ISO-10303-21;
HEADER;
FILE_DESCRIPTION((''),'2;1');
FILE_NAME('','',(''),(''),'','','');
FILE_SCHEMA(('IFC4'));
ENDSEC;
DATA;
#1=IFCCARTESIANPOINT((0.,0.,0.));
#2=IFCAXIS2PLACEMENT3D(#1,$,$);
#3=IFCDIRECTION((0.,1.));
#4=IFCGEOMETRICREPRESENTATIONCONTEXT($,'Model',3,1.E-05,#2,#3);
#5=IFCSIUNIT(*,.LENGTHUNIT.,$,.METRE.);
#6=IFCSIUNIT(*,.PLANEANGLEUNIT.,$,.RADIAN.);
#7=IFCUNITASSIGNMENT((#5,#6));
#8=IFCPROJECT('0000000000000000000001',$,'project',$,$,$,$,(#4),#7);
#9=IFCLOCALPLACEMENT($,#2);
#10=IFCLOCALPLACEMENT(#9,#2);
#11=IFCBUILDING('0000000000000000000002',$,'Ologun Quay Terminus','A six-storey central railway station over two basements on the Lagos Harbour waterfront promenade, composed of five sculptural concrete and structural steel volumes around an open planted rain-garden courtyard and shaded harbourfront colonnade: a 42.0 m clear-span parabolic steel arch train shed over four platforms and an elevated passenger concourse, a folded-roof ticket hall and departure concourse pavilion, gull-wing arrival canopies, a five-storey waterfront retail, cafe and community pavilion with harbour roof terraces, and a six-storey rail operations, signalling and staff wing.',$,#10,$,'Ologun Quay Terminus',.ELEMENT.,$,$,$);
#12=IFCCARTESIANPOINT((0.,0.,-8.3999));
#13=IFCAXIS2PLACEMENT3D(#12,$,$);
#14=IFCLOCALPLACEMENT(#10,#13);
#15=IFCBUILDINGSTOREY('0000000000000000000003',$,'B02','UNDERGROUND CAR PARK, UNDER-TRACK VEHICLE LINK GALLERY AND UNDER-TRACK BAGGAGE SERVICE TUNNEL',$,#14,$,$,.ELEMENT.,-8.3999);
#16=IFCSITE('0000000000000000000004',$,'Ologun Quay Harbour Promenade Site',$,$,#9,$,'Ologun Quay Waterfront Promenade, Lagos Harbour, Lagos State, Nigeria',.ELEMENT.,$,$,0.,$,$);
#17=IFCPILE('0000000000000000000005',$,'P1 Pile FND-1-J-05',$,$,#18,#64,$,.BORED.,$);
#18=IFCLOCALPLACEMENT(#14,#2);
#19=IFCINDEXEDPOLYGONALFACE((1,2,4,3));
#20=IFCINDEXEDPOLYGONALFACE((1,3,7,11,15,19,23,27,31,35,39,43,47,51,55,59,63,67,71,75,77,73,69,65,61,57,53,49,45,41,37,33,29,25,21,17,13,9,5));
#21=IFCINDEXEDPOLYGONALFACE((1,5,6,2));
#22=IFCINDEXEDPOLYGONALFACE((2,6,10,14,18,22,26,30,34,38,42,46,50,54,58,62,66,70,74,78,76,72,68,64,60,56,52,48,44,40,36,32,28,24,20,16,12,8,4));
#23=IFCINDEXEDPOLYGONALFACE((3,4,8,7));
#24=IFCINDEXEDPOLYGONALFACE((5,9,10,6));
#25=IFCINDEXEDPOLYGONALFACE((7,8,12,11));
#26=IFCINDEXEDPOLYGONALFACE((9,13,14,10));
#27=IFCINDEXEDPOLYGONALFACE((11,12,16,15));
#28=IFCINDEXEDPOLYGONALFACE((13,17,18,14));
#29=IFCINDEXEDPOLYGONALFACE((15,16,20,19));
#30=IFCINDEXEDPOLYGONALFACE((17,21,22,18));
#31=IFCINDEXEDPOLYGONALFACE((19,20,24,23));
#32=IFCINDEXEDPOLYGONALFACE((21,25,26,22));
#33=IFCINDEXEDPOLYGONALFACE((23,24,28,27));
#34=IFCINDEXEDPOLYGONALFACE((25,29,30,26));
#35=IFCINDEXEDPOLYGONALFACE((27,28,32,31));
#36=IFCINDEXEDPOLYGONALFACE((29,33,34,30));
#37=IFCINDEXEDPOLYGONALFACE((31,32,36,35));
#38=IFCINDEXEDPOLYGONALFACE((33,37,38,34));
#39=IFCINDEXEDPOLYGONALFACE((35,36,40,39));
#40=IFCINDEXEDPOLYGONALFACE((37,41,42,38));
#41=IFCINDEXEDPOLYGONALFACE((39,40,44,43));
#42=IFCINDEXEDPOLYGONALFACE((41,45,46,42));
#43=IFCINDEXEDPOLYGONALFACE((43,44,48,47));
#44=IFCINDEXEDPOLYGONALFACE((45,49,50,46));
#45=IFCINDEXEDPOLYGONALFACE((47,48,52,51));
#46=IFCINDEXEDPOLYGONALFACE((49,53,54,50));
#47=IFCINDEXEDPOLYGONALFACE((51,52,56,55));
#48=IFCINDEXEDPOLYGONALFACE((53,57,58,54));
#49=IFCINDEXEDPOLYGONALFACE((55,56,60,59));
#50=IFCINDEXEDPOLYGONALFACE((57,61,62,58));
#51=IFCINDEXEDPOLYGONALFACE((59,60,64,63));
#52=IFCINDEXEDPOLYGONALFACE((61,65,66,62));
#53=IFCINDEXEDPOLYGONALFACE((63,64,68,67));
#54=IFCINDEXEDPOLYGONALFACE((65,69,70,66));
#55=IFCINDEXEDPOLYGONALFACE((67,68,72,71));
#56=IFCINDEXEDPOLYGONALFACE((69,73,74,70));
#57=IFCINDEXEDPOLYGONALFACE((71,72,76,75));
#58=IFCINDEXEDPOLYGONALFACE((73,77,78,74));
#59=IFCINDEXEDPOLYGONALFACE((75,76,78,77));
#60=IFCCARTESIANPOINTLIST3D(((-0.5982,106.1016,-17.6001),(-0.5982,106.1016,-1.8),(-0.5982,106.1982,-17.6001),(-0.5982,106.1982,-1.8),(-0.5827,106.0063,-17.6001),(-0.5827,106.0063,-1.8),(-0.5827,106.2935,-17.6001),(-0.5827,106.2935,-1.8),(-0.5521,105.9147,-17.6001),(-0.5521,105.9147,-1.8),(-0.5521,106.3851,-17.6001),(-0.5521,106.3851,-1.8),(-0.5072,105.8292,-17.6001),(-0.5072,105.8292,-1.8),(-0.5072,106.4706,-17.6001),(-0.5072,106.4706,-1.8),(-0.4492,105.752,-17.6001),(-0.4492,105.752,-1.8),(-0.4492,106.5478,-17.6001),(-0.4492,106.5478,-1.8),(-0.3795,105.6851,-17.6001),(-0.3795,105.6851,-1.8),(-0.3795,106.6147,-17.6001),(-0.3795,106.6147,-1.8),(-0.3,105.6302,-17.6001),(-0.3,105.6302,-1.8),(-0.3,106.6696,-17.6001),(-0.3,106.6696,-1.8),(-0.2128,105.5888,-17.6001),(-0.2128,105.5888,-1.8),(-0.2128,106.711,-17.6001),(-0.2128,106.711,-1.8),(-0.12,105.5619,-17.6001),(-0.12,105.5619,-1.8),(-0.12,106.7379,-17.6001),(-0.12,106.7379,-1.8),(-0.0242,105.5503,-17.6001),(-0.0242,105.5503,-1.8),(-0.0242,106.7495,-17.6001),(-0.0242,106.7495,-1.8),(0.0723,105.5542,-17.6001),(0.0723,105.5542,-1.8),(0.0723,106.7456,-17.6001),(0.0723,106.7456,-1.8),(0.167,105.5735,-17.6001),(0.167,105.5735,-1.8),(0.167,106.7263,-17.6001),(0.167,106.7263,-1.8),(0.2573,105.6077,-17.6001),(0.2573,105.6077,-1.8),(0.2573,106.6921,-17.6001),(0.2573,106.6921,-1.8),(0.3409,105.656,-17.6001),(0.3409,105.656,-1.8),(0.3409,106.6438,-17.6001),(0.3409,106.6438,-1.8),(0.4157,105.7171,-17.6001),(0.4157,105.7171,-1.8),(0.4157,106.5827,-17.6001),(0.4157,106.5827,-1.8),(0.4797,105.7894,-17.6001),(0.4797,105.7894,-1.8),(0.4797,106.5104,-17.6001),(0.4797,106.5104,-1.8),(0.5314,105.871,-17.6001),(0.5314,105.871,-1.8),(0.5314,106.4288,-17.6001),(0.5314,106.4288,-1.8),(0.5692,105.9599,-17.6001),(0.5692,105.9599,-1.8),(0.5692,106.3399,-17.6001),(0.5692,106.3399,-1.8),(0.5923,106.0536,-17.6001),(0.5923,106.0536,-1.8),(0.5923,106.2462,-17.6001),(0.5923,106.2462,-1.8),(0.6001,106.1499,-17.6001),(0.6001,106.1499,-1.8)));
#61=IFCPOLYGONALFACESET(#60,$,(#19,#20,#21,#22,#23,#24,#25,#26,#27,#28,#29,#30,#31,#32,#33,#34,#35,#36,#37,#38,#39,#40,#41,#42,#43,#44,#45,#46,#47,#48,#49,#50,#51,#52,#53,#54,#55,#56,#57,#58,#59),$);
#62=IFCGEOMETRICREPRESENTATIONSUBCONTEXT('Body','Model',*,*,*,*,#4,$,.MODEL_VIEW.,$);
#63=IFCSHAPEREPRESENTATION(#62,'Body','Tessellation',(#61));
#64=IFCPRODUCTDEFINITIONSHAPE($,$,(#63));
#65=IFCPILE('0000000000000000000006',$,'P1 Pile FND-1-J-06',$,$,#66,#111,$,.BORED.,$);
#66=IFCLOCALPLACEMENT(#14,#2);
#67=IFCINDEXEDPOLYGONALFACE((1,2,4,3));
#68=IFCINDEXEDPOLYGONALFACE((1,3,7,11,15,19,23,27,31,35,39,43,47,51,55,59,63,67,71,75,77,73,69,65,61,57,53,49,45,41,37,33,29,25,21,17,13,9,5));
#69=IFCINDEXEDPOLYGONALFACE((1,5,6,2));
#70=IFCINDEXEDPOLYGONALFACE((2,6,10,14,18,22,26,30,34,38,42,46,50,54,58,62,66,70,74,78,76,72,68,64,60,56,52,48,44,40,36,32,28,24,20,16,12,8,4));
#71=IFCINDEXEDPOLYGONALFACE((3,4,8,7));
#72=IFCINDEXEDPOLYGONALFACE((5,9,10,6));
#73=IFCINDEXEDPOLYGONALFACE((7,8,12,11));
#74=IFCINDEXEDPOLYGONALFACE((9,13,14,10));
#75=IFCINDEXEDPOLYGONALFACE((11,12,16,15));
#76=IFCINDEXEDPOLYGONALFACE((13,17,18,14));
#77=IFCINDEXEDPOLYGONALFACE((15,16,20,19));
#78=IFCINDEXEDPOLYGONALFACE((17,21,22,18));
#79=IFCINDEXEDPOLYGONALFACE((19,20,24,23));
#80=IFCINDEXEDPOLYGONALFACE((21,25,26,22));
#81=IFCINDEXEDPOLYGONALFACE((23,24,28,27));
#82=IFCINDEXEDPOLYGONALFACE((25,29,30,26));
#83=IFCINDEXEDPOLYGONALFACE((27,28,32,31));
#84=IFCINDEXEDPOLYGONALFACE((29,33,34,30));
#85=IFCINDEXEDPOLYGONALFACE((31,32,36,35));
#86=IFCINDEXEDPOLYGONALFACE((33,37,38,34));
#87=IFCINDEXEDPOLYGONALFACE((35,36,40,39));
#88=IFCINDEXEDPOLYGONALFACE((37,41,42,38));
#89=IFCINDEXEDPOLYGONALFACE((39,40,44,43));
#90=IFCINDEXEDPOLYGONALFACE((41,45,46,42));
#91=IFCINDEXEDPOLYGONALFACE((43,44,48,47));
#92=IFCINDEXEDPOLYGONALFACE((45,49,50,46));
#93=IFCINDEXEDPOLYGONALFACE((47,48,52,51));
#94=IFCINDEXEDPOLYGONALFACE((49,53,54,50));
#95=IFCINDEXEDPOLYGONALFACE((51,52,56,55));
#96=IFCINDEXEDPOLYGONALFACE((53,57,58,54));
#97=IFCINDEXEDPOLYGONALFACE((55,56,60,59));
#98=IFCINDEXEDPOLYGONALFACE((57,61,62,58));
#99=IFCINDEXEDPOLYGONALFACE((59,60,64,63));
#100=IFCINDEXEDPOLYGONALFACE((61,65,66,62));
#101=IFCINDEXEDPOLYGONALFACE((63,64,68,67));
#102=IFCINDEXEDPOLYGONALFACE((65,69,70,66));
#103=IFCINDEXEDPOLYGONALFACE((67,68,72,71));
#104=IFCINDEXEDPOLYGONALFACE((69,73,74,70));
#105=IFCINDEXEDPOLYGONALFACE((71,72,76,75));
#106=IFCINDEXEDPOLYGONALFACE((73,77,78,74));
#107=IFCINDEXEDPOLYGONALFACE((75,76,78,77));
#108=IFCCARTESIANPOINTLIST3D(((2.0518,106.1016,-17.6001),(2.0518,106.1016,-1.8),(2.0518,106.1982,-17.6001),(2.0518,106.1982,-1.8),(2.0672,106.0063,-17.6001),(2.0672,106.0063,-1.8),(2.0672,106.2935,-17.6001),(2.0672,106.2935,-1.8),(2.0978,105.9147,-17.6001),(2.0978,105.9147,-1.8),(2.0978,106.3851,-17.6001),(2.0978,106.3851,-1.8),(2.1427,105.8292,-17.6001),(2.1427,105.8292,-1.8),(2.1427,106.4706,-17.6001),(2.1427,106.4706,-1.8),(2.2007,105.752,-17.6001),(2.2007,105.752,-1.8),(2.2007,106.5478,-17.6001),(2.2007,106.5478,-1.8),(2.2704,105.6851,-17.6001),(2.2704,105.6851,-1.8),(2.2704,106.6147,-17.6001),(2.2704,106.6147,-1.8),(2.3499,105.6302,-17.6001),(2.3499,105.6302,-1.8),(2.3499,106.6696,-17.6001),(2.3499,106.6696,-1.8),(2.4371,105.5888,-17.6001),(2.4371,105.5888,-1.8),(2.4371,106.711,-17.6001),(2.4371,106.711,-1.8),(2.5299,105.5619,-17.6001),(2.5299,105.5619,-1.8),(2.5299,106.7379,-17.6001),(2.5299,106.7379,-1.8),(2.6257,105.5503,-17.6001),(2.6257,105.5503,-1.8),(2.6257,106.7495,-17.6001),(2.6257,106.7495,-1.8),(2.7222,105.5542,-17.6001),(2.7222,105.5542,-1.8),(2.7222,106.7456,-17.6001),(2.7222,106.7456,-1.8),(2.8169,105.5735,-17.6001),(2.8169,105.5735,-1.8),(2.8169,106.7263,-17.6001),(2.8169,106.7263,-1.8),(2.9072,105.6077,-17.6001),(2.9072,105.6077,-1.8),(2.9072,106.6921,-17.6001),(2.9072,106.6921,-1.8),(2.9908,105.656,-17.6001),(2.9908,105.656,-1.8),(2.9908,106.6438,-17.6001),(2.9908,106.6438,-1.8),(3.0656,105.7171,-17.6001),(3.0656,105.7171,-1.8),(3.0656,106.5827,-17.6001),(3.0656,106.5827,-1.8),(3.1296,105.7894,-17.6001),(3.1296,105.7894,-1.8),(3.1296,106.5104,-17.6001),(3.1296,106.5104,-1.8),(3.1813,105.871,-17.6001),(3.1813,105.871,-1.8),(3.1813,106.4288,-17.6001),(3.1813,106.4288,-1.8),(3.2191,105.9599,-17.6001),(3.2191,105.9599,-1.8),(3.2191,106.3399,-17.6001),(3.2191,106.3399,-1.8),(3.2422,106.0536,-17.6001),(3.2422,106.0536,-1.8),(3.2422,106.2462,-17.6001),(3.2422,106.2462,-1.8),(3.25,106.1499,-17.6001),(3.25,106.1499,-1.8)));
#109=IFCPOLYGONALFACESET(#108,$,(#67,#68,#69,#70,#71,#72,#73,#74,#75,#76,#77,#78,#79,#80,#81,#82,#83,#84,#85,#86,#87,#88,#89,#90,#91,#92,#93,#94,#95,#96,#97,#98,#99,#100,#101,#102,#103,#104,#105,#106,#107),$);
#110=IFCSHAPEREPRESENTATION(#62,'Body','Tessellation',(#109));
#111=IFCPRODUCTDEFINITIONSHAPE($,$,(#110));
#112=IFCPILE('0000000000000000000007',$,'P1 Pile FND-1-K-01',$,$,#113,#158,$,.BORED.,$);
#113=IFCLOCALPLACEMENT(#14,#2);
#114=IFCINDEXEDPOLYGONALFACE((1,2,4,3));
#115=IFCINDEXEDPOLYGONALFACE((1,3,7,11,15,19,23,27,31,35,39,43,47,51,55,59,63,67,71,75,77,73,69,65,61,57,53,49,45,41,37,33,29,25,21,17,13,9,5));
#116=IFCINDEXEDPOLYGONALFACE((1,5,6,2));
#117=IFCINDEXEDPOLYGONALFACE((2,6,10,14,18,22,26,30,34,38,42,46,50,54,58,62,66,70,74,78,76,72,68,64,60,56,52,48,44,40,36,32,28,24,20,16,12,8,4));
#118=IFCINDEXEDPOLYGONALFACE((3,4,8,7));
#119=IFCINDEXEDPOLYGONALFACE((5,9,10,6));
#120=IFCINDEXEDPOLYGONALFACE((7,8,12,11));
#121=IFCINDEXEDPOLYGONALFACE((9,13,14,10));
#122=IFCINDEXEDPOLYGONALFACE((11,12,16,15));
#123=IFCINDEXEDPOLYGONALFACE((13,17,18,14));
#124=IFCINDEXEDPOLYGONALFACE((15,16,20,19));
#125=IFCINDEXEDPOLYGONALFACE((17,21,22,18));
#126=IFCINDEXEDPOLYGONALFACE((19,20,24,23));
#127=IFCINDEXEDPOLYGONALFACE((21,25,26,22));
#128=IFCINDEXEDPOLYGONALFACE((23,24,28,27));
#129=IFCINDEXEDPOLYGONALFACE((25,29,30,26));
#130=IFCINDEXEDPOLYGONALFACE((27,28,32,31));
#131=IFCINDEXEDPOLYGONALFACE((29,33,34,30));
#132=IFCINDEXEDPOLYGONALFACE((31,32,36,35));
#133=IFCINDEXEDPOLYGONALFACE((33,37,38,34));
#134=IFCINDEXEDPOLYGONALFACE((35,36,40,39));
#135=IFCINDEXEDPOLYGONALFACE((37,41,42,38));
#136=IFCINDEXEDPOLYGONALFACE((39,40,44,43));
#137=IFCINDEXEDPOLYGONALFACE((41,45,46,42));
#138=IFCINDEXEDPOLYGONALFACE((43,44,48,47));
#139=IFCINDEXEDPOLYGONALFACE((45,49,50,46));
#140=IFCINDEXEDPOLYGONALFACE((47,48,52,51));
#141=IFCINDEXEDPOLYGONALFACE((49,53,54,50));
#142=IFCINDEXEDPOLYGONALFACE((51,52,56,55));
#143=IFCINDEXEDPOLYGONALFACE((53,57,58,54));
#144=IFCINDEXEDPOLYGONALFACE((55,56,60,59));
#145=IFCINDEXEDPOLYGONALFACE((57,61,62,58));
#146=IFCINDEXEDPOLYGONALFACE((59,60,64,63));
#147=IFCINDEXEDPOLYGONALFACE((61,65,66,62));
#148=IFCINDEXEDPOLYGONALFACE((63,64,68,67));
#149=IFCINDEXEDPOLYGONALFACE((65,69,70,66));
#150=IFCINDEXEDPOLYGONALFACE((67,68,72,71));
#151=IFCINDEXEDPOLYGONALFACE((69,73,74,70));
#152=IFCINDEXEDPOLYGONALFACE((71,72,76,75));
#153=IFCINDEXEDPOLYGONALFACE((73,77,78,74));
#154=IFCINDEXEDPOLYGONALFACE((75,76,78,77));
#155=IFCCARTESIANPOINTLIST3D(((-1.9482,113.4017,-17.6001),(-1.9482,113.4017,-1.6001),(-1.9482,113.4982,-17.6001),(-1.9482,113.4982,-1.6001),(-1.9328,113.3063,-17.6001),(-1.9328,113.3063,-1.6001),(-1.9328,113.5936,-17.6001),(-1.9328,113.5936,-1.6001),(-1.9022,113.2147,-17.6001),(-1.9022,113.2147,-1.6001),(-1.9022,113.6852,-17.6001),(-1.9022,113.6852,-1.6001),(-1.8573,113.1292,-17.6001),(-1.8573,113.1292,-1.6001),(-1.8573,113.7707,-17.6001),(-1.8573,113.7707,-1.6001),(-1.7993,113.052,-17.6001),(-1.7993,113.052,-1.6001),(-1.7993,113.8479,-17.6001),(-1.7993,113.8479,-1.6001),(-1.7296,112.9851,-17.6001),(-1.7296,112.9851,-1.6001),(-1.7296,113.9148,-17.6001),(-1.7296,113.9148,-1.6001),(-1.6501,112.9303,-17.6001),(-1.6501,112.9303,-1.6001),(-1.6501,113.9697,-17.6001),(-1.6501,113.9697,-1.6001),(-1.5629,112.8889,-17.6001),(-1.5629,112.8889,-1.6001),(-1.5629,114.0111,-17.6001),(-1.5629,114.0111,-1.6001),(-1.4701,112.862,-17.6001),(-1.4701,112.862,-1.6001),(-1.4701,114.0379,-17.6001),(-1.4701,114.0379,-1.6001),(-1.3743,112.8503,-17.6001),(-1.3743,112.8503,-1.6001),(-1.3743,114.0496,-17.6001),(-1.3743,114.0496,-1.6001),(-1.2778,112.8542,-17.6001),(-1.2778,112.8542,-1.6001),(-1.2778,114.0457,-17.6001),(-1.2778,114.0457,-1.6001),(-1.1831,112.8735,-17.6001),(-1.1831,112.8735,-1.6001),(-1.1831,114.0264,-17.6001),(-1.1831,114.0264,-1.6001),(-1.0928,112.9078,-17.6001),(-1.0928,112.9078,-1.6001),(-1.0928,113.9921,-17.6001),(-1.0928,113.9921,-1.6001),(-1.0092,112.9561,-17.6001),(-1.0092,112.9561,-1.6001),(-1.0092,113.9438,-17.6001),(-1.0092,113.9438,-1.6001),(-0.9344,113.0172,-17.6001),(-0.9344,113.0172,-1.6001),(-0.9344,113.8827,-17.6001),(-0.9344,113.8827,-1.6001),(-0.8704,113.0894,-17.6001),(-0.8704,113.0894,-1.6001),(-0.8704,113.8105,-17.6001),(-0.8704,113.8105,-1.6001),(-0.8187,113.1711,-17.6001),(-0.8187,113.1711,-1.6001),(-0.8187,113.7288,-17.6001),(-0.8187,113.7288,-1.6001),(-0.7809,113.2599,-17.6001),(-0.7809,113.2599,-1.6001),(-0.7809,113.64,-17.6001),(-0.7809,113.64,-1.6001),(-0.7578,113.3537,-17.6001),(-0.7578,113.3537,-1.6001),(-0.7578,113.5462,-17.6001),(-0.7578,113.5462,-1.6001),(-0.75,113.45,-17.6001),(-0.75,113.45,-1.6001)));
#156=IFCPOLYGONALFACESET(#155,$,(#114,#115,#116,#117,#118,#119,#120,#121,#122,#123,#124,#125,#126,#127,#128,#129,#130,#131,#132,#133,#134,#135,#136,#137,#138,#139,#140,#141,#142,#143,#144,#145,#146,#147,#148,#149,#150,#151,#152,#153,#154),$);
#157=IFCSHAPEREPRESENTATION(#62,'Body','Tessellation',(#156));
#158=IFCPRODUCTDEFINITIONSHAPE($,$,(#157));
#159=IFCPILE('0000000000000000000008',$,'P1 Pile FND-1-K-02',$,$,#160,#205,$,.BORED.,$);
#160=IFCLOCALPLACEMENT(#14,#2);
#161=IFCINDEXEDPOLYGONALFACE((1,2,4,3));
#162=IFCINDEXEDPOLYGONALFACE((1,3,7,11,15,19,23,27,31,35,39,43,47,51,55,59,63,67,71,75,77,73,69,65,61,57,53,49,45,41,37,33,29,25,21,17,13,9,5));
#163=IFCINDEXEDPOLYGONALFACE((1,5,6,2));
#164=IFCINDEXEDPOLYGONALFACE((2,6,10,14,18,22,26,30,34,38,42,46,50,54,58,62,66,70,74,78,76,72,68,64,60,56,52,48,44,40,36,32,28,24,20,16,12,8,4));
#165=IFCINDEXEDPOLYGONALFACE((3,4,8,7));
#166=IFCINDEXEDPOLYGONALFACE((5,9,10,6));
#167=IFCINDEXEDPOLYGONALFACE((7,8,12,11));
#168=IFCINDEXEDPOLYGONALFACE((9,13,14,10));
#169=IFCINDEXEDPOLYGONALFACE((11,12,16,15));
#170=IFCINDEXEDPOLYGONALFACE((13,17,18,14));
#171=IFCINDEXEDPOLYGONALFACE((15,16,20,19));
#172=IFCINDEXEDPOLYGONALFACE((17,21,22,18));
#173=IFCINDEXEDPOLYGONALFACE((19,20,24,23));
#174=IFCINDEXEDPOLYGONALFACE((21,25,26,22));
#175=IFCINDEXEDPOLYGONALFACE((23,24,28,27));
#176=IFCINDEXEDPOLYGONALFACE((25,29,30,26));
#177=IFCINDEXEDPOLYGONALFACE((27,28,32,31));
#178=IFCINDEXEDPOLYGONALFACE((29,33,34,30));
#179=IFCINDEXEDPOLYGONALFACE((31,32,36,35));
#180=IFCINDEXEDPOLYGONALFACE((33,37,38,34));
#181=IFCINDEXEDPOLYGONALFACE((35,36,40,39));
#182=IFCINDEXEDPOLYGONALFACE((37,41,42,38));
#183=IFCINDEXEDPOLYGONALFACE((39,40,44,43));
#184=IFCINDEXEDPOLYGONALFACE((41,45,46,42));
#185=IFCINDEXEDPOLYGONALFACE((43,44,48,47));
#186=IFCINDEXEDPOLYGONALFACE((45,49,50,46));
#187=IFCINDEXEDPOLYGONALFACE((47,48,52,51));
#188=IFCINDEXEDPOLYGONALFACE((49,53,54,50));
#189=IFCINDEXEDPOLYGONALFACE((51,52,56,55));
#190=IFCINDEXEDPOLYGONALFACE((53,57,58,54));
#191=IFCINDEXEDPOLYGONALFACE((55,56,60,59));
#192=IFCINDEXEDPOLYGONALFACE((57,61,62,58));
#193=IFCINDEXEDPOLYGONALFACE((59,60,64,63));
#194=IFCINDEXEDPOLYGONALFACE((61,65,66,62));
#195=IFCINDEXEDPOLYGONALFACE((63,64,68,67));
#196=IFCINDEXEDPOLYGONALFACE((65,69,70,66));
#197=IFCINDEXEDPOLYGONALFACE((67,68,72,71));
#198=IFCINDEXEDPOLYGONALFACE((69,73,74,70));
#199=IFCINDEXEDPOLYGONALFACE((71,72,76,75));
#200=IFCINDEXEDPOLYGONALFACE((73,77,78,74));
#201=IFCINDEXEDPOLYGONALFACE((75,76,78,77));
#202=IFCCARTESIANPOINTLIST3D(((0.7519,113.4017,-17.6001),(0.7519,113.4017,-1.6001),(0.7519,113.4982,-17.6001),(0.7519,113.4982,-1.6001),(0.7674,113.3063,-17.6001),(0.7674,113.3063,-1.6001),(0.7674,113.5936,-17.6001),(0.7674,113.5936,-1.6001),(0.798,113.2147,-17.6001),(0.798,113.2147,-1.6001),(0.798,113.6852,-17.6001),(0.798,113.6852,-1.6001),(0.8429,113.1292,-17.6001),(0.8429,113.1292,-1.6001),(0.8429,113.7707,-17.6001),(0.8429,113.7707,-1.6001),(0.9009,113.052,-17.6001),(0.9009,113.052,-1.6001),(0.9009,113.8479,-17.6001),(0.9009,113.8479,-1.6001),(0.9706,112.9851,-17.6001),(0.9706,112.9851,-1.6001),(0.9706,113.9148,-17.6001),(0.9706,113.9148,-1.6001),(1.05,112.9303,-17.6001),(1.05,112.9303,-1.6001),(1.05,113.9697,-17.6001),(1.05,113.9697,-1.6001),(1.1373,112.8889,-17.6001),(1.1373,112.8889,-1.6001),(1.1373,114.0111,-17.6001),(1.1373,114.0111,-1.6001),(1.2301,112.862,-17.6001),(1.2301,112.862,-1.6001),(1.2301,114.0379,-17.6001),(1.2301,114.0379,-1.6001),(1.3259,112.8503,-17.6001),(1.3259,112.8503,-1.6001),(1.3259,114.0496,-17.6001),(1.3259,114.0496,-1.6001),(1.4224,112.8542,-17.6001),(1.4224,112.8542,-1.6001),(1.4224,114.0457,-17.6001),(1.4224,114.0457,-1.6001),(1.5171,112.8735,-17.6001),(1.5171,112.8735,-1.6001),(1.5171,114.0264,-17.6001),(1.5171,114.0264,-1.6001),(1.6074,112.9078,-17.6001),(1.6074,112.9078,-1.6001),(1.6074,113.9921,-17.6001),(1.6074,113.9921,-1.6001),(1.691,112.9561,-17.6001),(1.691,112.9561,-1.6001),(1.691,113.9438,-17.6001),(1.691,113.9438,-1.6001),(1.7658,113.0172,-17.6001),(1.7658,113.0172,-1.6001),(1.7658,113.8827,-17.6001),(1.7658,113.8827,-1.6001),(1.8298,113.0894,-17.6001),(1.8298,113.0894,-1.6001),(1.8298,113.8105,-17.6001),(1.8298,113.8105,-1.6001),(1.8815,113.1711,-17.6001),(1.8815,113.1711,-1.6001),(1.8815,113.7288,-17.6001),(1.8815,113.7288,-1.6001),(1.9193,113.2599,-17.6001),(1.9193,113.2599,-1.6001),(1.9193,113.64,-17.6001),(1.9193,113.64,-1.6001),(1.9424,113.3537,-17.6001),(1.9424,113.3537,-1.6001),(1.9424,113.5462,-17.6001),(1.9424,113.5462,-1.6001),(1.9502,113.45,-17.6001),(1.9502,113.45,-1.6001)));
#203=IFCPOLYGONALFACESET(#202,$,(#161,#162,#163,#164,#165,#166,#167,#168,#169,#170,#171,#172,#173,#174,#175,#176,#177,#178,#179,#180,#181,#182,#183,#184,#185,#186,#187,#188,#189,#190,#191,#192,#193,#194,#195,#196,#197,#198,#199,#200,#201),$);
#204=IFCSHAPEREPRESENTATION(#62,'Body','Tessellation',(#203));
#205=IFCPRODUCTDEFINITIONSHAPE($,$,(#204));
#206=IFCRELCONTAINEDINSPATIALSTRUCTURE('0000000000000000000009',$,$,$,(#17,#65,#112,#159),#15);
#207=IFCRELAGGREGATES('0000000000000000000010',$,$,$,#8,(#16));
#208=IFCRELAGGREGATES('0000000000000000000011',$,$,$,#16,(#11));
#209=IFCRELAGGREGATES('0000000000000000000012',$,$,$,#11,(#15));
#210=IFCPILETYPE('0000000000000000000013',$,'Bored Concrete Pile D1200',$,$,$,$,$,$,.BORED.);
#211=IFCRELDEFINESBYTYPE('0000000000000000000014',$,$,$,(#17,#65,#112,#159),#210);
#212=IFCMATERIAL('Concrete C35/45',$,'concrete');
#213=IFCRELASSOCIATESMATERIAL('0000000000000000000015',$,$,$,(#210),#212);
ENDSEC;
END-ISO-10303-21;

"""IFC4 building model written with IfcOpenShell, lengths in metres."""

from ifc_helpers import new_model, si_unit, direction, frame, origin, origin_2d, place, context, subcontext, project, spatial, circle, extrude, material, material_profile, profile_set, type_object, element, save


model = new_model("IFC4")

# Units and contexts
model_context = context("Model", 3, precision=1e-05, world=origin(), true_north=direction((0.0, 1.0)))
body_context = subcontext(model_context, "Body", "Model", "MODEL_VIEW")
ifc_project = project(units=[si_unit("LENGTHUNIT", "METRE"), si_unit("PLANEANGLEUNIT", "RADIAN")], contexts=[model_context])

# Site, building, storey
site_placement = place(None, origin())
site = spatial("IfcSite", under=ifc_project, at=site_placement, Name="Ologun Quay Harbour Promenade Site", LongName="Ologun Quay Waterfront Promenade, Lagos Harbour, Lagos State, Nigeria", CompositionType="ELEMENT", RefElevation=0.0)
building_placement = place(site_placement, origin())
building = spatial("IfcBuilding", under=site, at=building_placement, Name="Ologun Quay Terminus", Description="A six-storey central railway station over two basements on the Lagos Harbour waterfront promenade, composed of five sculptural concrete and structural steel volumes around an open planted rain-garden courtyard and shaded harbourfront colonnade: a 42.0 m clear-span parabolic steel arch train shed over four platforms and an elevated passenger concourse, a folded-roof ticket hall and departure concourse pavilion, gull-wing arrival canopies, a five-storey waterfront retail, cafe and community pavilion with harbour roof terraces, and a six-storey rail operations, signalling and staff wing.", LongName="Ologun Quay Terminus", CompositionType="ELEMENT")
storey_placement = place(building_placement, frame((0.0, 0.0, -8.3999)))
storey = spatial("IfcBuildingStorey", under=building, at=storey_placement, Name="B02", Description="UNDERGROUND CAR PARK, UNDER-TRACK VEHICLE LINK GALLERY AND UNDER-TRACK BAGGAGE SERVICE TUNNEL", CompositionType="ELEMENT", Elevation=-8.3999)

# Piles
ifc_material_1 = material(Name="Concrete C35/45", Category="concrete")
ifc_material_profile_1 = material_profile(ifc_material_1, circle(Radius=0.6001, at=origin_2d()), Name="PILE D1200")
ifc_profile_set_1 = profile_set([ifc_material_profile_1], Name="Concrete C35/45")
pile_type = type_object("IfcPileType", Name="Bored Concrete Pile D1200", PredefinedType="BORED", material=ifc_profile_set_1)
for number, where, z_axis, x_axis, name in (
    (1, (0.0, 106.1499, -1.8), (0.0, 0.0, -1.0), (1.0, 0.0, 0.0), "P1 Pile FND-1-J-05"),
    (2, (2.6499, 106.1499, -1.8), (0.0, 0.0, -1.0), (1.0, 0.0, 0.0), "P1 Pile FND-1-J-06"),
):
    element("IfcPile", number, at=place(storey_placement, frame(where, z_axis=z_axis, x_axis=x_axis)), inside=storey, type_object=pile_type, Name=name, PredefinedType="BORED", context=body_context, shape_type="SweptSolid", body=[
        extrude(circle(Radius=0.6001, at=origin_2d()), origin(), (0.0, 0.0, 1.0), 15.8),
    ])
for number, where, z_axis, x_axis, name in (
    (3, (-1.3501, 113.45, -1.6001), (0.0, 0.0, -1.0), (1.0, 0.0, 0.0), "P1 Pile FND-1-K-01"),
    (4, (1.3501, 113.45, -1.6001), (0.0, 0.0, -1.0), (1.0, 0.0, 0.0), "P1 Pile FND-1-K-02"),
):
    element("IfcPile", number, at=place(storey_placement, frame(where, z_axis=z_axis, x_axis=x_axis)), inside=storey, type_object=pile_type, Name=name, PredefinedType="BORED", context=body_context, shape_type="SweptSolid", body=[
        extrude(circle(Radius=0.6001, at=origin_2d()), origin(), (0.0, 0.0, 1.0), 16.0),
    ])

save(model, "model.ifc")
